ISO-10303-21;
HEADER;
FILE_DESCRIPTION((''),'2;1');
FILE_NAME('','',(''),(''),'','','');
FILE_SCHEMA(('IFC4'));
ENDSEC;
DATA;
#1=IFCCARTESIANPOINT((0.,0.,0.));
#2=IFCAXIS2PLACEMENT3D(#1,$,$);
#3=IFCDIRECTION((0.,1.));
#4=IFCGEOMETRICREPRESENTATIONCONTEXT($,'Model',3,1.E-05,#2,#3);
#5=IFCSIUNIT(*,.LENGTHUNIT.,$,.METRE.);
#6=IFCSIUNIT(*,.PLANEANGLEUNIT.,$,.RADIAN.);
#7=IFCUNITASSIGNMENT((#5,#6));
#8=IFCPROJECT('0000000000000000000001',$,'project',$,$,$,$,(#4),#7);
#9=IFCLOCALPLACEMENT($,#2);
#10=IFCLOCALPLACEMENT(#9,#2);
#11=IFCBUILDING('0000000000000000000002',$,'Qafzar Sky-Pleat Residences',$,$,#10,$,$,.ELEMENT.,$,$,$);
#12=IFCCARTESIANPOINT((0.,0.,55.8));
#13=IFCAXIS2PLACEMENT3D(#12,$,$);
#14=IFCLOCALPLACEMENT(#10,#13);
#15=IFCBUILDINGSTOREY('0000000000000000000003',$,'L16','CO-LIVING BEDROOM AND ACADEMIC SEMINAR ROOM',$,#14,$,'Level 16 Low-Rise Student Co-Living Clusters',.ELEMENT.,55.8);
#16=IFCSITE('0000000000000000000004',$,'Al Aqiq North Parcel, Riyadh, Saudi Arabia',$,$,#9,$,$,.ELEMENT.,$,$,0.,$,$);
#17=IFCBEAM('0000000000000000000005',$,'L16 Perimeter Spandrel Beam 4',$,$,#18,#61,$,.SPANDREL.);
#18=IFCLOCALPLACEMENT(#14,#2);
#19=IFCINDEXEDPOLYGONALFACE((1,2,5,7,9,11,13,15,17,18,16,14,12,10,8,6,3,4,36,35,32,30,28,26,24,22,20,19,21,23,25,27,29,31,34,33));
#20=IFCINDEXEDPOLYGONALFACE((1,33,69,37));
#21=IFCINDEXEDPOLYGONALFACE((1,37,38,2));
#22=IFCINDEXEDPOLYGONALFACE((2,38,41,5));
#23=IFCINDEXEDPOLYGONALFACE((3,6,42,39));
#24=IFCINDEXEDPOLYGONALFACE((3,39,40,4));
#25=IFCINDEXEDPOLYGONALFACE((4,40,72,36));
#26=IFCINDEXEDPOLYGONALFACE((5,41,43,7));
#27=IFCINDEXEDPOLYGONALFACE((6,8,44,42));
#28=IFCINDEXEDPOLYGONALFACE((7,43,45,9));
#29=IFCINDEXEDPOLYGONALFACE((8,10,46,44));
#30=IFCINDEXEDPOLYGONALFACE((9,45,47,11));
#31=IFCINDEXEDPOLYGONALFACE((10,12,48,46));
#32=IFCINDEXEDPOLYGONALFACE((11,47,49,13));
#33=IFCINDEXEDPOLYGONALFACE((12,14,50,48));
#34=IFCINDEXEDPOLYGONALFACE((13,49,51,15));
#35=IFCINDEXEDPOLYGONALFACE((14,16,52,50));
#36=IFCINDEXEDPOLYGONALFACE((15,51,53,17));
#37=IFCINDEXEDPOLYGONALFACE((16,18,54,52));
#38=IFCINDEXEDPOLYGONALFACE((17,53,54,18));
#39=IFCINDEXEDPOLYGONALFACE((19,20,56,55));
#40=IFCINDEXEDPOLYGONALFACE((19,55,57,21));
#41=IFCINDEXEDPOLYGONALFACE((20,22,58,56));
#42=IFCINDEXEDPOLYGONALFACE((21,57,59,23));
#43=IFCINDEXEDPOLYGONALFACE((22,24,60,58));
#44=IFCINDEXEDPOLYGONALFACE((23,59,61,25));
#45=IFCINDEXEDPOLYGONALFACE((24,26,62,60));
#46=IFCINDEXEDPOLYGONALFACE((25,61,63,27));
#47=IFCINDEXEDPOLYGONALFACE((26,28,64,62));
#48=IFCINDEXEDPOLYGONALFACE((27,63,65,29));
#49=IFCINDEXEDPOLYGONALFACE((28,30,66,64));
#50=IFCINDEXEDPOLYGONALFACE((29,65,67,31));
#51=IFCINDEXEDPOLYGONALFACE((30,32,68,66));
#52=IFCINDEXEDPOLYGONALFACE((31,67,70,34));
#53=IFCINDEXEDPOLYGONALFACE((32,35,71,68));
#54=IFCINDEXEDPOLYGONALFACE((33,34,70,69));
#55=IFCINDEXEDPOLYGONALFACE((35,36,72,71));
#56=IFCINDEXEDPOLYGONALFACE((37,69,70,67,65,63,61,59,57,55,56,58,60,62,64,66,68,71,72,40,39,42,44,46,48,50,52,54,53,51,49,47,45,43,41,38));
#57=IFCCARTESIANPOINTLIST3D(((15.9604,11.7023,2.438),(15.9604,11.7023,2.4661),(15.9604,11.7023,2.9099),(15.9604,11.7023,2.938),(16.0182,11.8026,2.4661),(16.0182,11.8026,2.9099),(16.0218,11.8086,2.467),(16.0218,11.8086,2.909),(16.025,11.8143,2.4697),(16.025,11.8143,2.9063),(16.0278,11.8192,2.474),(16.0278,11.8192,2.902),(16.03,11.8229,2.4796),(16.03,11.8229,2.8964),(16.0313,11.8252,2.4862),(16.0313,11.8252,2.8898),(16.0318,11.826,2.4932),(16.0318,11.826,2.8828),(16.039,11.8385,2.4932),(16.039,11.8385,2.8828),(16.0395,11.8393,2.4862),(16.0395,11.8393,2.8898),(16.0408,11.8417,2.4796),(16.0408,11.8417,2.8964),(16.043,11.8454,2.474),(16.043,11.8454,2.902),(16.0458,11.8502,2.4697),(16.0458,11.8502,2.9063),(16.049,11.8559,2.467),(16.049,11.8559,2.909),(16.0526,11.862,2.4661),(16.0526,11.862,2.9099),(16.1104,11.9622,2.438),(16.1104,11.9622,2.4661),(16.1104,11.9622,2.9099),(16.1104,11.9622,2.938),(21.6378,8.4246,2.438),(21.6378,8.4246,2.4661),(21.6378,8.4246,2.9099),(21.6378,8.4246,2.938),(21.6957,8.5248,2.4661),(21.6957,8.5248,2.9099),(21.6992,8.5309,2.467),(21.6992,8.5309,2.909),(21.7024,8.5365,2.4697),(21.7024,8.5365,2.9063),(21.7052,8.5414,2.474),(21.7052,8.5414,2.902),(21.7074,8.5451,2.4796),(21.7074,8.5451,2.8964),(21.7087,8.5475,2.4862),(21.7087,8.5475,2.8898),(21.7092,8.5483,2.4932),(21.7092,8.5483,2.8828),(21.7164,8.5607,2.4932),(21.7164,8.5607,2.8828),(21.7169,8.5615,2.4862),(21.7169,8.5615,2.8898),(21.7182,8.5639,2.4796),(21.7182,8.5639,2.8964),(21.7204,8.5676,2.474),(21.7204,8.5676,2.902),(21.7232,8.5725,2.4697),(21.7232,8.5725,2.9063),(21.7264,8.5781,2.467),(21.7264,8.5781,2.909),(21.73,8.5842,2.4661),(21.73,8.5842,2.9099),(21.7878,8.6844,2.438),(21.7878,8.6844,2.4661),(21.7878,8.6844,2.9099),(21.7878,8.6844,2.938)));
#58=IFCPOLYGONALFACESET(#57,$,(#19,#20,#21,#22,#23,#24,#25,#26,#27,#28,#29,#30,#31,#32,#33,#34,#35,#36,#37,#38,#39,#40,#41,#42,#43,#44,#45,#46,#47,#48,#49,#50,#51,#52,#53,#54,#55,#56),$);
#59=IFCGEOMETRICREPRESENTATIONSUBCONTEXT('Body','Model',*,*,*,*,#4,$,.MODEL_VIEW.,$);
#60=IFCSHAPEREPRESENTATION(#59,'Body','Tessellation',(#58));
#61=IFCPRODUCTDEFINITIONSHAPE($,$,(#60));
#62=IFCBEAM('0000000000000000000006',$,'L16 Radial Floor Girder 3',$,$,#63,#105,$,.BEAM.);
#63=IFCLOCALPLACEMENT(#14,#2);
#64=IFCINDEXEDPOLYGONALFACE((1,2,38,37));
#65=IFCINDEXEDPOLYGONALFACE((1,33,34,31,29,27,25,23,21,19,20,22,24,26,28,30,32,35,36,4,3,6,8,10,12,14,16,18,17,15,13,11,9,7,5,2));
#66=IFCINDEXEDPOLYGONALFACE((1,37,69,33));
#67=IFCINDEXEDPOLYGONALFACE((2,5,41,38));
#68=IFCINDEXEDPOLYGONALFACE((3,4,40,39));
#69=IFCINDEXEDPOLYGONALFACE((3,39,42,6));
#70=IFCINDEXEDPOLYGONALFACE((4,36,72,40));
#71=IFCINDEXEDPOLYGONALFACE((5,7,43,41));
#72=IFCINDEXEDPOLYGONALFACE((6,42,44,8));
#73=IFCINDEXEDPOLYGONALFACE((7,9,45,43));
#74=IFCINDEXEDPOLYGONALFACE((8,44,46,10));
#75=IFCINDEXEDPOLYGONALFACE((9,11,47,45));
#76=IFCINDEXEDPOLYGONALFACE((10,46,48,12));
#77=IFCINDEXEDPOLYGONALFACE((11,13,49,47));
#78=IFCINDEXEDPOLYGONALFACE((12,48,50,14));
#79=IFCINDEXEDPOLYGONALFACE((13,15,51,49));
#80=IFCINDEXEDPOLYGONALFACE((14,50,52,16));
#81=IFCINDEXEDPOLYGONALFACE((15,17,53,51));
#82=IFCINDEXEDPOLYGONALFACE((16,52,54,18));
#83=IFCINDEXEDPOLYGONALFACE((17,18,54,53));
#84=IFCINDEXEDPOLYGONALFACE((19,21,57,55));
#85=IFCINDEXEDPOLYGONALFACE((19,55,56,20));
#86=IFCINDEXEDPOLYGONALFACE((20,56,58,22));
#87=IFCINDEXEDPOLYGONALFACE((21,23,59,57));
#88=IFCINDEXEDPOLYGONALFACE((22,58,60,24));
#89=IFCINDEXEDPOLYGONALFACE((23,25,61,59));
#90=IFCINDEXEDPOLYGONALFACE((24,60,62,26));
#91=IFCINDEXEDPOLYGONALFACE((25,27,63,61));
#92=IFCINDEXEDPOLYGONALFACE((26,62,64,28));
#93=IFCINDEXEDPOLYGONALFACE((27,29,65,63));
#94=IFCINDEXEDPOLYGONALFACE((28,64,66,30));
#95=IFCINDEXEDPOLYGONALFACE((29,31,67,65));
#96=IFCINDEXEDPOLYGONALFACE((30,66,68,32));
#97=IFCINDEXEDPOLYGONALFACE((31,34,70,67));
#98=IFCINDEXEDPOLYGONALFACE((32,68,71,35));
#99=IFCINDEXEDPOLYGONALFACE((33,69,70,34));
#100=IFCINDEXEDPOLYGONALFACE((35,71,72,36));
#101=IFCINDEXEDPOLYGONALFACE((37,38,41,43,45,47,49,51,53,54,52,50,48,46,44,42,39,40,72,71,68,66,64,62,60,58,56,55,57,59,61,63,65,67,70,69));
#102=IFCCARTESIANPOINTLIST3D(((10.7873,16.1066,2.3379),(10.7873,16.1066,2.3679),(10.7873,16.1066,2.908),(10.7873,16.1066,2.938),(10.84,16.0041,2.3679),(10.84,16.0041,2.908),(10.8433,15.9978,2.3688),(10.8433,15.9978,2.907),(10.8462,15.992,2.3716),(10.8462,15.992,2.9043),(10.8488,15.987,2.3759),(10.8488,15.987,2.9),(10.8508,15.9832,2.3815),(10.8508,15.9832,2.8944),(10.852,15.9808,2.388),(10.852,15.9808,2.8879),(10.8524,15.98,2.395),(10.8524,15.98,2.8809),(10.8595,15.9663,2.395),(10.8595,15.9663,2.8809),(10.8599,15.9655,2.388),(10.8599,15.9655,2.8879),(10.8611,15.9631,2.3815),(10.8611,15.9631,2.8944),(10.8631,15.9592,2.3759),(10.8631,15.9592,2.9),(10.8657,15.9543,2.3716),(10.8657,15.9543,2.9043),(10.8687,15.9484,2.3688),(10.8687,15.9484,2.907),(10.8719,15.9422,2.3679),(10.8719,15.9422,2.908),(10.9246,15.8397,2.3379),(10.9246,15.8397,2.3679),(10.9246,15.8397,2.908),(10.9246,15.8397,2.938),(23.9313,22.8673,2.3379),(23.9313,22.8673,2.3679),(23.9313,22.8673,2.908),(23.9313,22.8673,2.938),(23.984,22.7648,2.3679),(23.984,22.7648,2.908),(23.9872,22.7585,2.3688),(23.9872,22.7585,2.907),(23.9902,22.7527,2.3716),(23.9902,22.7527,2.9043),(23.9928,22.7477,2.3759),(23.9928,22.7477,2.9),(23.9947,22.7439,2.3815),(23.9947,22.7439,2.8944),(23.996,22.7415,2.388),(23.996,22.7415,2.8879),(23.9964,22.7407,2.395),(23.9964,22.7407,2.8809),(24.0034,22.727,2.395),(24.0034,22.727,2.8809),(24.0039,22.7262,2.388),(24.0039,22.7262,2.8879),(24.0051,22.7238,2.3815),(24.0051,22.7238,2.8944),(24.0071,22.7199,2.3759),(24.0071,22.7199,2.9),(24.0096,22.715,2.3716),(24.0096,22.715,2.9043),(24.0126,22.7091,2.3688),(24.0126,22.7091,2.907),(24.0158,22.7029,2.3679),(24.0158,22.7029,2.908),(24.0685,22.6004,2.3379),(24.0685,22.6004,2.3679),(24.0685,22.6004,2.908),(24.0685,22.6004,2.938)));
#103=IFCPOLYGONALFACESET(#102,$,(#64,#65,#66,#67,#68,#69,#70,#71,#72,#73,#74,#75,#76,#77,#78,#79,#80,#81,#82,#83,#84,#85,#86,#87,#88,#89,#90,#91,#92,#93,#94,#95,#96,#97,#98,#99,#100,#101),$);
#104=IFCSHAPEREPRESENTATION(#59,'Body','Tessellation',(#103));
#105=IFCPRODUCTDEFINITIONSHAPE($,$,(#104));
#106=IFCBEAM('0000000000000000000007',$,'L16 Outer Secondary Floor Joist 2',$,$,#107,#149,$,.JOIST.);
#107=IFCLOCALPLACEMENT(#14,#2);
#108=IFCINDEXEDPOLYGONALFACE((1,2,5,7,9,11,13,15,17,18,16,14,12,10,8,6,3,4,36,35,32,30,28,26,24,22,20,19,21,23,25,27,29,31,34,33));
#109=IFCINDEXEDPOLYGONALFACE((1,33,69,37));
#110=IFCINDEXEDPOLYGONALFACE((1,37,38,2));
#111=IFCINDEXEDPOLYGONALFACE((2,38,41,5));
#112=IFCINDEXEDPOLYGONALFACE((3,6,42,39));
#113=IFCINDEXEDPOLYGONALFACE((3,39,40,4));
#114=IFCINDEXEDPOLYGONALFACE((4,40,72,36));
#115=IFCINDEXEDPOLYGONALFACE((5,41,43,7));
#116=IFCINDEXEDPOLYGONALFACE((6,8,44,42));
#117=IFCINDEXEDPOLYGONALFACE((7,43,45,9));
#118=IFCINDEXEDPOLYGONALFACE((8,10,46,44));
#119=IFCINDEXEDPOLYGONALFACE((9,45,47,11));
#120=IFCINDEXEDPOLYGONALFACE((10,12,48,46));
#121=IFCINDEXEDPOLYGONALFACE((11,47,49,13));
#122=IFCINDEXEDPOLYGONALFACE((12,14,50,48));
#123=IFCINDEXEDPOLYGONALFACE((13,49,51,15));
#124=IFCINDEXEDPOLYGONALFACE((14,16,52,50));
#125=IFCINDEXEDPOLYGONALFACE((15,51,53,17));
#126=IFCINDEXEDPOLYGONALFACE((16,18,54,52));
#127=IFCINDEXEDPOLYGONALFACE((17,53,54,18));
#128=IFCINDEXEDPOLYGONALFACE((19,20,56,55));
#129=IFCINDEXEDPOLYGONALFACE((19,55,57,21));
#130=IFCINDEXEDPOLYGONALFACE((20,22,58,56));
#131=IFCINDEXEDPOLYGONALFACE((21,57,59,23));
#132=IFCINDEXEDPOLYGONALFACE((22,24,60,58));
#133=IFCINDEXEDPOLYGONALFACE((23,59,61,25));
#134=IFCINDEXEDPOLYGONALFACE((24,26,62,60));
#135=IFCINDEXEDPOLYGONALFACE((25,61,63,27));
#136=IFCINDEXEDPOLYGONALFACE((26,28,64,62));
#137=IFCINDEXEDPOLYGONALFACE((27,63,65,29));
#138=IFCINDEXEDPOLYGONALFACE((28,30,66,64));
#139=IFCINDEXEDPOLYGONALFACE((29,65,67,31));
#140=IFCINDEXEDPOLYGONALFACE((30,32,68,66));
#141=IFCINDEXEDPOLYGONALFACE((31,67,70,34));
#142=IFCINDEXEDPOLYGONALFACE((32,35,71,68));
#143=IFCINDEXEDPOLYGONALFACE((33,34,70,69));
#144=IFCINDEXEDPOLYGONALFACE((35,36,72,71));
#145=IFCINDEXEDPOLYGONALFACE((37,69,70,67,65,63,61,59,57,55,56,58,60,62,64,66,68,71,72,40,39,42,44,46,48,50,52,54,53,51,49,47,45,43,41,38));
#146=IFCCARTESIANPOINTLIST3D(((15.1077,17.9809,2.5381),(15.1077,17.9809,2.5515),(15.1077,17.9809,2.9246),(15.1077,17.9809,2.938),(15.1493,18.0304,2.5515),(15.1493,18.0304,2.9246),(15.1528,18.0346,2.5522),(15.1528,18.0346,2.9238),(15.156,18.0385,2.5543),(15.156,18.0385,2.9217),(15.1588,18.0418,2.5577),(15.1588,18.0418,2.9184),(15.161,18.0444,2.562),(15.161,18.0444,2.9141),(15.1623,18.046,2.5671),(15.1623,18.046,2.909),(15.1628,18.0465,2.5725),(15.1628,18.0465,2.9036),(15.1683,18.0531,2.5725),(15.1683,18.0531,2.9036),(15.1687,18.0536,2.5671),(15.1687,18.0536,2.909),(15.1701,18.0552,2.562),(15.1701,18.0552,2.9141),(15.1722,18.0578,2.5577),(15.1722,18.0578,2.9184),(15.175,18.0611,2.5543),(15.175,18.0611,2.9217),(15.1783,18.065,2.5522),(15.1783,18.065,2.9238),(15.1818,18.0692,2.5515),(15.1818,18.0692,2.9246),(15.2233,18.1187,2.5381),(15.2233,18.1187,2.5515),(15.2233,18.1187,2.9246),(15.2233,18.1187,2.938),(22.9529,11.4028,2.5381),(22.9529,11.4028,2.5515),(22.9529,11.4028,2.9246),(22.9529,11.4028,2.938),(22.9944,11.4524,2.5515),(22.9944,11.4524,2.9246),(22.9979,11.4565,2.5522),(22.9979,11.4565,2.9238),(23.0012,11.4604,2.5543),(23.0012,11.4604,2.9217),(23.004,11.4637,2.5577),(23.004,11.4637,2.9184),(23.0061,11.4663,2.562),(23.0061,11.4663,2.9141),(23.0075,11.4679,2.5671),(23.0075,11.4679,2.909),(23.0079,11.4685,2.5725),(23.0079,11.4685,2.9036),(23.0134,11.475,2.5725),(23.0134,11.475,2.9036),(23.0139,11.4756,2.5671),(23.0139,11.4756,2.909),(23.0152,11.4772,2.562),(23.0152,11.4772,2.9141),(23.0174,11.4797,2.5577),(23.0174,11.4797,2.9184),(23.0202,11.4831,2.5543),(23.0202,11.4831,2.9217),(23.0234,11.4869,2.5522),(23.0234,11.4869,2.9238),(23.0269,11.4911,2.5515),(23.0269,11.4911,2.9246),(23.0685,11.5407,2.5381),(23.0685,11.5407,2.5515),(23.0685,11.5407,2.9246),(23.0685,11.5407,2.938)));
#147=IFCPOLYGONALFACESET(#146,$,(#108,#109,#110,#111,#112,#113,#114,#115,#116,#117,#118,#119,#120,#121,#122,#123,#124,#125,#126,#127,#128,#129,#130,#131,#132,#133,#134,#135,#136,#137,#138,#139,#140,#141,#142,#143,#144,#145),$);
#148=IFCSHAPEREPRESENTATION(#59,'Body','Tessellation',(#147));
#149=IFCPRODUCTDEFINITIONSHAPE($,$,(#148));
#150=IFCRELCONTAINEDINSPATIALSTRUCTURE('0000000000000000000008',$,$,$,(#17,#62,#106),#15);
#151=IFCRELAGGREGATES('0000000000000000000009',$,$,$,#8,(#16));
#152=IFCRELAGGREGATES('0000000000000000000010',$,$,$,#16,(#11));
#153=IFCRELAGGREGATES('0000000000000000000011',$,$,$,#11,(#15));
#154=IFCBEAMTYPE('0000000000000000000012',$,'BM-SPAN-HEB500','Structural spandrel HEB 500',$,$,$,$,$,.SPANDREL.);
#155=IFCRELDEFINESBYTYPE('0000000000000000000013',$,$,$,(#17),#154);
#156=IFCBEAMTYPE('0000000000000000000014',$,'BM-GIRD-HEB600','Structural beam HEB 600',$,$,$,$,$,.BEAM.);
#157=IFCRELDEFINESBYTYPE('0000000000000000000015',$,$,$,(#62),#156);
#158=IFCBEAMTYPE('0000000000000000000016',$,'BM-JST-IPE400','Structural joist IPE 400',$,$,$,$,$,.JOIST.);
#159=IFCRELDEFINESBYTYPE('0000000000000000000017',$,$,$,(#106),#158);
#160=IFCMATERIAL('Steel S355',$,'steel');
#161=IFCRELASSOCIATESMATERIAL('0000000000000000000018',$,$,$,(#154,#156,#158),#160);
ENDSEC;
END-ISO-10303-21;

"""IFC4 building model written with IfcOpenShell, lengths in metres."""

from ifc_helpers import new_model, si_unit, direction, frame, origin, origin_2d, place, context, subcontext, project, spatial, i_section, extrude, source, transform, mapped, material, material_profile, profile_set, type_object, element, save


model = new_model("IFC4")

# Units and contexts
model_context = context("Model", 3, precision=1e-05, world=origin(), true_north=direction((0.0, 1.0)))
body_context = subcontext(model_context, "Body", "Model", "MODEL_VIEW")
ifc_project = project(units=[si_unit("LENGTHUNIT", "METRE"), si_unit("PLANEANGLEUNIT", "RADIAN")], contexts=[model_context])

# Site, building, storey
site_placement = place(None, origin())
site = spatial("IfcSite", under=ifc_project, at=site_placement, Name="Al Aqiq North Parcel, Riyadh, Saudi Arabia", CompositionType="ELEMENT", RefElevation=0.0)
building_placement = place(site_placement, origin())
building = spatial("IfcBuilding", under=site, at=building_placement, Name="Qafzar Sky-Pleat Residences", CompositionType="ELEMENT")
storey_placement = place(building_placement, frame((0.0, 0.0, 55.8)))
storey = spatial("IfcBuildingStorey", under=building, at=storey_placement, Name="L16", Description="CO-LIVING BEDROOM AND ACADEMIC SEMINAR ROOM", LongName="Level 16 Low-Rise Student Co-Living Clusters", CompositionType="ELEMENT", Elevation=55.8)

# Beams
ifc_material_1 = material(Name="Steel S355", Category="steel")
ifc_material_profile_1 = material_profile(ifc_material_1, i_section(OverallWidth=0.3, OverallDepth=0.5, WebThickness=0.0144, FlangeThickness=0.0281, FilletRadius=0.0271, at=origin_2d()), Name="HEB 500")
ifc_profile_set_1 = profile_set([ifc_material_profile_1], Name="Steel S355")
beam_type_1 = type_object("IfcBeamType", Name="BM-SPAN-HEB500", Description="Structural spandrel HEB 500", PredefinedType="SPANDREL", material=ifc_profile_set_1)
shared_shape_1 = source(origin(), body_context, "Body", "SweptSolid", [
    extrude(i_section(OverallWidth=0.3, OverallDepth=0.5, WebThickness=0.0144, FlangeThickness=0.0281, FilletRadius=0.0271, at=origin_2d()), origin(), (0.0, 0.0, 1.0), 6.5557),
])
beam_1_placement = place(storey_placement, frame((16.0354, 11.8323, 2.688), z_axis=(0.86603, -0.499992, 0.0), x_axis=(0.499992, 0.86603, 0.0)))
element("IfcBeam", 1, at=beam_1_placement, inside=storey, type_object=beam_type_1, Name="L16 Perimeter Spandrel Beam 4", PredefinedType="SPANDREL", context=body_context, shape_type="MappedRepresentation", body=[
    mapped(shared_shape_1, transform((0.0, 0.0, 0.0), x_axis=(1.0, 0.0, 0.0), y_axis=(0.0, 1.0, 0.0), z_axis=(0.0, 0.0, 1.0), scale=1.0)),
])
ifc_material_profile_2 = material_profile(ifc_material_1, i_section(OverallWidth=0.3, OverallDepth=0.6001, WebThickness=0.0154, FlangeThickness=0.03, FilletRadius=0.0271, at=origin_2d()), Name="HEB 600")
ifc_profile_set_2 = profile_set([ifc_material_profile_2], Name="Steel S355")
beam_type_2 = type_object("IfcBeamType", Name="BM-GIRD-HEB600", Description="Structural beam HEB 600", PredefinedType="BEAM", material=ifc_profile_set_2)
shared_shape_2 = source(origin(), body_context, "Body", "SweptSolid", [
    extrude(i_section(OverallWidth=0.3, OverallDepth=0.6001, WebThickness=0.0154, FlangeThickness=0.03, FilletRadius=0.0271, at=origin_2d()), origin(), (0.0, 0.0, 1.0), 14.7808),
])
beam_2_placement = place(storey_placement, frame((10.856, 15.9731, 2.6379), z_axis=(0.889262, 0.457399, 0.0), x_axis=(-0.457399, 0.889262, 0.0)))
element("IfcBeam", 2, at=beam_2_placement, inside=storey, type_object=beam_type_2, Name="L16 Radial Floor Girder 3", PredefinedType="BEAM", context=body_context, shape_type="MappedRepresentation", body=[
    mapped(shared_shape_2, transform((0.0, 0.0, 0.0), x_axis=(1.0, 0.0, 0.0), y_axis=(0.0, 1.0, 0.0), z_axis=(0.0, 0.0, 1.0), scale=1.0)),
])
ifc_material_profile_3 = material_profile(ifc_material_1, i_section(OverallWidth=0.1799, OverallDepth=0.3999, WebThickness=0.0085, FlangeThickness=0.0134, FilletRadius=0.021, at=origin_2d()), Name="IPE 400")
ifc_profile_set_3 = profile_set([ifc_material_profile_3], Name="Steel S355")
beam_type_3 = type_object("IfcBeamType", Name="BM-JST-IPE400", Description="Structural joist IPE 400", PredefinedType="JOIST", material=ifc_profile_set_3)
shared_shape_3 = source(origin(), body_context, "Body", "SweptSolid", [
    extrude(i_section(OverallWidth=0.1799, OverallDepth=0.3999, WebThickness=0.0085, FlangeThickness=0.0134, FilletRadius=0.021, at=origin_2d()), origin(), (0.0, 0.0, 1.0), 10.238),
])
beam_3_placement = place(storey_placement, frame((15.1655, 18.0498, 2.738), z_axis=(0.766275, -0.642513, 0.0), x_axis=(0.642513, 0.766275, 0.0)))
element("IfcBeam", 3, at=beam_3_placement, inside=storey, type_object=beam_type_3, Name="L16 Outer Secondary Floor Joist 2", PredefinedType="JOIST", context=body_context, shape_type="MappedRepresentation", body=[
    mapped(shared_shape_3, transform((0.0, 0.0, 0.0), x_axis=(1.0, 0.0, 0.0), y_axis=(0.0, 1.0, 0.0), z_axis=(0.0, 0.0, 1.0), scale=1.0)),
])

save(model, "model.ifc")
